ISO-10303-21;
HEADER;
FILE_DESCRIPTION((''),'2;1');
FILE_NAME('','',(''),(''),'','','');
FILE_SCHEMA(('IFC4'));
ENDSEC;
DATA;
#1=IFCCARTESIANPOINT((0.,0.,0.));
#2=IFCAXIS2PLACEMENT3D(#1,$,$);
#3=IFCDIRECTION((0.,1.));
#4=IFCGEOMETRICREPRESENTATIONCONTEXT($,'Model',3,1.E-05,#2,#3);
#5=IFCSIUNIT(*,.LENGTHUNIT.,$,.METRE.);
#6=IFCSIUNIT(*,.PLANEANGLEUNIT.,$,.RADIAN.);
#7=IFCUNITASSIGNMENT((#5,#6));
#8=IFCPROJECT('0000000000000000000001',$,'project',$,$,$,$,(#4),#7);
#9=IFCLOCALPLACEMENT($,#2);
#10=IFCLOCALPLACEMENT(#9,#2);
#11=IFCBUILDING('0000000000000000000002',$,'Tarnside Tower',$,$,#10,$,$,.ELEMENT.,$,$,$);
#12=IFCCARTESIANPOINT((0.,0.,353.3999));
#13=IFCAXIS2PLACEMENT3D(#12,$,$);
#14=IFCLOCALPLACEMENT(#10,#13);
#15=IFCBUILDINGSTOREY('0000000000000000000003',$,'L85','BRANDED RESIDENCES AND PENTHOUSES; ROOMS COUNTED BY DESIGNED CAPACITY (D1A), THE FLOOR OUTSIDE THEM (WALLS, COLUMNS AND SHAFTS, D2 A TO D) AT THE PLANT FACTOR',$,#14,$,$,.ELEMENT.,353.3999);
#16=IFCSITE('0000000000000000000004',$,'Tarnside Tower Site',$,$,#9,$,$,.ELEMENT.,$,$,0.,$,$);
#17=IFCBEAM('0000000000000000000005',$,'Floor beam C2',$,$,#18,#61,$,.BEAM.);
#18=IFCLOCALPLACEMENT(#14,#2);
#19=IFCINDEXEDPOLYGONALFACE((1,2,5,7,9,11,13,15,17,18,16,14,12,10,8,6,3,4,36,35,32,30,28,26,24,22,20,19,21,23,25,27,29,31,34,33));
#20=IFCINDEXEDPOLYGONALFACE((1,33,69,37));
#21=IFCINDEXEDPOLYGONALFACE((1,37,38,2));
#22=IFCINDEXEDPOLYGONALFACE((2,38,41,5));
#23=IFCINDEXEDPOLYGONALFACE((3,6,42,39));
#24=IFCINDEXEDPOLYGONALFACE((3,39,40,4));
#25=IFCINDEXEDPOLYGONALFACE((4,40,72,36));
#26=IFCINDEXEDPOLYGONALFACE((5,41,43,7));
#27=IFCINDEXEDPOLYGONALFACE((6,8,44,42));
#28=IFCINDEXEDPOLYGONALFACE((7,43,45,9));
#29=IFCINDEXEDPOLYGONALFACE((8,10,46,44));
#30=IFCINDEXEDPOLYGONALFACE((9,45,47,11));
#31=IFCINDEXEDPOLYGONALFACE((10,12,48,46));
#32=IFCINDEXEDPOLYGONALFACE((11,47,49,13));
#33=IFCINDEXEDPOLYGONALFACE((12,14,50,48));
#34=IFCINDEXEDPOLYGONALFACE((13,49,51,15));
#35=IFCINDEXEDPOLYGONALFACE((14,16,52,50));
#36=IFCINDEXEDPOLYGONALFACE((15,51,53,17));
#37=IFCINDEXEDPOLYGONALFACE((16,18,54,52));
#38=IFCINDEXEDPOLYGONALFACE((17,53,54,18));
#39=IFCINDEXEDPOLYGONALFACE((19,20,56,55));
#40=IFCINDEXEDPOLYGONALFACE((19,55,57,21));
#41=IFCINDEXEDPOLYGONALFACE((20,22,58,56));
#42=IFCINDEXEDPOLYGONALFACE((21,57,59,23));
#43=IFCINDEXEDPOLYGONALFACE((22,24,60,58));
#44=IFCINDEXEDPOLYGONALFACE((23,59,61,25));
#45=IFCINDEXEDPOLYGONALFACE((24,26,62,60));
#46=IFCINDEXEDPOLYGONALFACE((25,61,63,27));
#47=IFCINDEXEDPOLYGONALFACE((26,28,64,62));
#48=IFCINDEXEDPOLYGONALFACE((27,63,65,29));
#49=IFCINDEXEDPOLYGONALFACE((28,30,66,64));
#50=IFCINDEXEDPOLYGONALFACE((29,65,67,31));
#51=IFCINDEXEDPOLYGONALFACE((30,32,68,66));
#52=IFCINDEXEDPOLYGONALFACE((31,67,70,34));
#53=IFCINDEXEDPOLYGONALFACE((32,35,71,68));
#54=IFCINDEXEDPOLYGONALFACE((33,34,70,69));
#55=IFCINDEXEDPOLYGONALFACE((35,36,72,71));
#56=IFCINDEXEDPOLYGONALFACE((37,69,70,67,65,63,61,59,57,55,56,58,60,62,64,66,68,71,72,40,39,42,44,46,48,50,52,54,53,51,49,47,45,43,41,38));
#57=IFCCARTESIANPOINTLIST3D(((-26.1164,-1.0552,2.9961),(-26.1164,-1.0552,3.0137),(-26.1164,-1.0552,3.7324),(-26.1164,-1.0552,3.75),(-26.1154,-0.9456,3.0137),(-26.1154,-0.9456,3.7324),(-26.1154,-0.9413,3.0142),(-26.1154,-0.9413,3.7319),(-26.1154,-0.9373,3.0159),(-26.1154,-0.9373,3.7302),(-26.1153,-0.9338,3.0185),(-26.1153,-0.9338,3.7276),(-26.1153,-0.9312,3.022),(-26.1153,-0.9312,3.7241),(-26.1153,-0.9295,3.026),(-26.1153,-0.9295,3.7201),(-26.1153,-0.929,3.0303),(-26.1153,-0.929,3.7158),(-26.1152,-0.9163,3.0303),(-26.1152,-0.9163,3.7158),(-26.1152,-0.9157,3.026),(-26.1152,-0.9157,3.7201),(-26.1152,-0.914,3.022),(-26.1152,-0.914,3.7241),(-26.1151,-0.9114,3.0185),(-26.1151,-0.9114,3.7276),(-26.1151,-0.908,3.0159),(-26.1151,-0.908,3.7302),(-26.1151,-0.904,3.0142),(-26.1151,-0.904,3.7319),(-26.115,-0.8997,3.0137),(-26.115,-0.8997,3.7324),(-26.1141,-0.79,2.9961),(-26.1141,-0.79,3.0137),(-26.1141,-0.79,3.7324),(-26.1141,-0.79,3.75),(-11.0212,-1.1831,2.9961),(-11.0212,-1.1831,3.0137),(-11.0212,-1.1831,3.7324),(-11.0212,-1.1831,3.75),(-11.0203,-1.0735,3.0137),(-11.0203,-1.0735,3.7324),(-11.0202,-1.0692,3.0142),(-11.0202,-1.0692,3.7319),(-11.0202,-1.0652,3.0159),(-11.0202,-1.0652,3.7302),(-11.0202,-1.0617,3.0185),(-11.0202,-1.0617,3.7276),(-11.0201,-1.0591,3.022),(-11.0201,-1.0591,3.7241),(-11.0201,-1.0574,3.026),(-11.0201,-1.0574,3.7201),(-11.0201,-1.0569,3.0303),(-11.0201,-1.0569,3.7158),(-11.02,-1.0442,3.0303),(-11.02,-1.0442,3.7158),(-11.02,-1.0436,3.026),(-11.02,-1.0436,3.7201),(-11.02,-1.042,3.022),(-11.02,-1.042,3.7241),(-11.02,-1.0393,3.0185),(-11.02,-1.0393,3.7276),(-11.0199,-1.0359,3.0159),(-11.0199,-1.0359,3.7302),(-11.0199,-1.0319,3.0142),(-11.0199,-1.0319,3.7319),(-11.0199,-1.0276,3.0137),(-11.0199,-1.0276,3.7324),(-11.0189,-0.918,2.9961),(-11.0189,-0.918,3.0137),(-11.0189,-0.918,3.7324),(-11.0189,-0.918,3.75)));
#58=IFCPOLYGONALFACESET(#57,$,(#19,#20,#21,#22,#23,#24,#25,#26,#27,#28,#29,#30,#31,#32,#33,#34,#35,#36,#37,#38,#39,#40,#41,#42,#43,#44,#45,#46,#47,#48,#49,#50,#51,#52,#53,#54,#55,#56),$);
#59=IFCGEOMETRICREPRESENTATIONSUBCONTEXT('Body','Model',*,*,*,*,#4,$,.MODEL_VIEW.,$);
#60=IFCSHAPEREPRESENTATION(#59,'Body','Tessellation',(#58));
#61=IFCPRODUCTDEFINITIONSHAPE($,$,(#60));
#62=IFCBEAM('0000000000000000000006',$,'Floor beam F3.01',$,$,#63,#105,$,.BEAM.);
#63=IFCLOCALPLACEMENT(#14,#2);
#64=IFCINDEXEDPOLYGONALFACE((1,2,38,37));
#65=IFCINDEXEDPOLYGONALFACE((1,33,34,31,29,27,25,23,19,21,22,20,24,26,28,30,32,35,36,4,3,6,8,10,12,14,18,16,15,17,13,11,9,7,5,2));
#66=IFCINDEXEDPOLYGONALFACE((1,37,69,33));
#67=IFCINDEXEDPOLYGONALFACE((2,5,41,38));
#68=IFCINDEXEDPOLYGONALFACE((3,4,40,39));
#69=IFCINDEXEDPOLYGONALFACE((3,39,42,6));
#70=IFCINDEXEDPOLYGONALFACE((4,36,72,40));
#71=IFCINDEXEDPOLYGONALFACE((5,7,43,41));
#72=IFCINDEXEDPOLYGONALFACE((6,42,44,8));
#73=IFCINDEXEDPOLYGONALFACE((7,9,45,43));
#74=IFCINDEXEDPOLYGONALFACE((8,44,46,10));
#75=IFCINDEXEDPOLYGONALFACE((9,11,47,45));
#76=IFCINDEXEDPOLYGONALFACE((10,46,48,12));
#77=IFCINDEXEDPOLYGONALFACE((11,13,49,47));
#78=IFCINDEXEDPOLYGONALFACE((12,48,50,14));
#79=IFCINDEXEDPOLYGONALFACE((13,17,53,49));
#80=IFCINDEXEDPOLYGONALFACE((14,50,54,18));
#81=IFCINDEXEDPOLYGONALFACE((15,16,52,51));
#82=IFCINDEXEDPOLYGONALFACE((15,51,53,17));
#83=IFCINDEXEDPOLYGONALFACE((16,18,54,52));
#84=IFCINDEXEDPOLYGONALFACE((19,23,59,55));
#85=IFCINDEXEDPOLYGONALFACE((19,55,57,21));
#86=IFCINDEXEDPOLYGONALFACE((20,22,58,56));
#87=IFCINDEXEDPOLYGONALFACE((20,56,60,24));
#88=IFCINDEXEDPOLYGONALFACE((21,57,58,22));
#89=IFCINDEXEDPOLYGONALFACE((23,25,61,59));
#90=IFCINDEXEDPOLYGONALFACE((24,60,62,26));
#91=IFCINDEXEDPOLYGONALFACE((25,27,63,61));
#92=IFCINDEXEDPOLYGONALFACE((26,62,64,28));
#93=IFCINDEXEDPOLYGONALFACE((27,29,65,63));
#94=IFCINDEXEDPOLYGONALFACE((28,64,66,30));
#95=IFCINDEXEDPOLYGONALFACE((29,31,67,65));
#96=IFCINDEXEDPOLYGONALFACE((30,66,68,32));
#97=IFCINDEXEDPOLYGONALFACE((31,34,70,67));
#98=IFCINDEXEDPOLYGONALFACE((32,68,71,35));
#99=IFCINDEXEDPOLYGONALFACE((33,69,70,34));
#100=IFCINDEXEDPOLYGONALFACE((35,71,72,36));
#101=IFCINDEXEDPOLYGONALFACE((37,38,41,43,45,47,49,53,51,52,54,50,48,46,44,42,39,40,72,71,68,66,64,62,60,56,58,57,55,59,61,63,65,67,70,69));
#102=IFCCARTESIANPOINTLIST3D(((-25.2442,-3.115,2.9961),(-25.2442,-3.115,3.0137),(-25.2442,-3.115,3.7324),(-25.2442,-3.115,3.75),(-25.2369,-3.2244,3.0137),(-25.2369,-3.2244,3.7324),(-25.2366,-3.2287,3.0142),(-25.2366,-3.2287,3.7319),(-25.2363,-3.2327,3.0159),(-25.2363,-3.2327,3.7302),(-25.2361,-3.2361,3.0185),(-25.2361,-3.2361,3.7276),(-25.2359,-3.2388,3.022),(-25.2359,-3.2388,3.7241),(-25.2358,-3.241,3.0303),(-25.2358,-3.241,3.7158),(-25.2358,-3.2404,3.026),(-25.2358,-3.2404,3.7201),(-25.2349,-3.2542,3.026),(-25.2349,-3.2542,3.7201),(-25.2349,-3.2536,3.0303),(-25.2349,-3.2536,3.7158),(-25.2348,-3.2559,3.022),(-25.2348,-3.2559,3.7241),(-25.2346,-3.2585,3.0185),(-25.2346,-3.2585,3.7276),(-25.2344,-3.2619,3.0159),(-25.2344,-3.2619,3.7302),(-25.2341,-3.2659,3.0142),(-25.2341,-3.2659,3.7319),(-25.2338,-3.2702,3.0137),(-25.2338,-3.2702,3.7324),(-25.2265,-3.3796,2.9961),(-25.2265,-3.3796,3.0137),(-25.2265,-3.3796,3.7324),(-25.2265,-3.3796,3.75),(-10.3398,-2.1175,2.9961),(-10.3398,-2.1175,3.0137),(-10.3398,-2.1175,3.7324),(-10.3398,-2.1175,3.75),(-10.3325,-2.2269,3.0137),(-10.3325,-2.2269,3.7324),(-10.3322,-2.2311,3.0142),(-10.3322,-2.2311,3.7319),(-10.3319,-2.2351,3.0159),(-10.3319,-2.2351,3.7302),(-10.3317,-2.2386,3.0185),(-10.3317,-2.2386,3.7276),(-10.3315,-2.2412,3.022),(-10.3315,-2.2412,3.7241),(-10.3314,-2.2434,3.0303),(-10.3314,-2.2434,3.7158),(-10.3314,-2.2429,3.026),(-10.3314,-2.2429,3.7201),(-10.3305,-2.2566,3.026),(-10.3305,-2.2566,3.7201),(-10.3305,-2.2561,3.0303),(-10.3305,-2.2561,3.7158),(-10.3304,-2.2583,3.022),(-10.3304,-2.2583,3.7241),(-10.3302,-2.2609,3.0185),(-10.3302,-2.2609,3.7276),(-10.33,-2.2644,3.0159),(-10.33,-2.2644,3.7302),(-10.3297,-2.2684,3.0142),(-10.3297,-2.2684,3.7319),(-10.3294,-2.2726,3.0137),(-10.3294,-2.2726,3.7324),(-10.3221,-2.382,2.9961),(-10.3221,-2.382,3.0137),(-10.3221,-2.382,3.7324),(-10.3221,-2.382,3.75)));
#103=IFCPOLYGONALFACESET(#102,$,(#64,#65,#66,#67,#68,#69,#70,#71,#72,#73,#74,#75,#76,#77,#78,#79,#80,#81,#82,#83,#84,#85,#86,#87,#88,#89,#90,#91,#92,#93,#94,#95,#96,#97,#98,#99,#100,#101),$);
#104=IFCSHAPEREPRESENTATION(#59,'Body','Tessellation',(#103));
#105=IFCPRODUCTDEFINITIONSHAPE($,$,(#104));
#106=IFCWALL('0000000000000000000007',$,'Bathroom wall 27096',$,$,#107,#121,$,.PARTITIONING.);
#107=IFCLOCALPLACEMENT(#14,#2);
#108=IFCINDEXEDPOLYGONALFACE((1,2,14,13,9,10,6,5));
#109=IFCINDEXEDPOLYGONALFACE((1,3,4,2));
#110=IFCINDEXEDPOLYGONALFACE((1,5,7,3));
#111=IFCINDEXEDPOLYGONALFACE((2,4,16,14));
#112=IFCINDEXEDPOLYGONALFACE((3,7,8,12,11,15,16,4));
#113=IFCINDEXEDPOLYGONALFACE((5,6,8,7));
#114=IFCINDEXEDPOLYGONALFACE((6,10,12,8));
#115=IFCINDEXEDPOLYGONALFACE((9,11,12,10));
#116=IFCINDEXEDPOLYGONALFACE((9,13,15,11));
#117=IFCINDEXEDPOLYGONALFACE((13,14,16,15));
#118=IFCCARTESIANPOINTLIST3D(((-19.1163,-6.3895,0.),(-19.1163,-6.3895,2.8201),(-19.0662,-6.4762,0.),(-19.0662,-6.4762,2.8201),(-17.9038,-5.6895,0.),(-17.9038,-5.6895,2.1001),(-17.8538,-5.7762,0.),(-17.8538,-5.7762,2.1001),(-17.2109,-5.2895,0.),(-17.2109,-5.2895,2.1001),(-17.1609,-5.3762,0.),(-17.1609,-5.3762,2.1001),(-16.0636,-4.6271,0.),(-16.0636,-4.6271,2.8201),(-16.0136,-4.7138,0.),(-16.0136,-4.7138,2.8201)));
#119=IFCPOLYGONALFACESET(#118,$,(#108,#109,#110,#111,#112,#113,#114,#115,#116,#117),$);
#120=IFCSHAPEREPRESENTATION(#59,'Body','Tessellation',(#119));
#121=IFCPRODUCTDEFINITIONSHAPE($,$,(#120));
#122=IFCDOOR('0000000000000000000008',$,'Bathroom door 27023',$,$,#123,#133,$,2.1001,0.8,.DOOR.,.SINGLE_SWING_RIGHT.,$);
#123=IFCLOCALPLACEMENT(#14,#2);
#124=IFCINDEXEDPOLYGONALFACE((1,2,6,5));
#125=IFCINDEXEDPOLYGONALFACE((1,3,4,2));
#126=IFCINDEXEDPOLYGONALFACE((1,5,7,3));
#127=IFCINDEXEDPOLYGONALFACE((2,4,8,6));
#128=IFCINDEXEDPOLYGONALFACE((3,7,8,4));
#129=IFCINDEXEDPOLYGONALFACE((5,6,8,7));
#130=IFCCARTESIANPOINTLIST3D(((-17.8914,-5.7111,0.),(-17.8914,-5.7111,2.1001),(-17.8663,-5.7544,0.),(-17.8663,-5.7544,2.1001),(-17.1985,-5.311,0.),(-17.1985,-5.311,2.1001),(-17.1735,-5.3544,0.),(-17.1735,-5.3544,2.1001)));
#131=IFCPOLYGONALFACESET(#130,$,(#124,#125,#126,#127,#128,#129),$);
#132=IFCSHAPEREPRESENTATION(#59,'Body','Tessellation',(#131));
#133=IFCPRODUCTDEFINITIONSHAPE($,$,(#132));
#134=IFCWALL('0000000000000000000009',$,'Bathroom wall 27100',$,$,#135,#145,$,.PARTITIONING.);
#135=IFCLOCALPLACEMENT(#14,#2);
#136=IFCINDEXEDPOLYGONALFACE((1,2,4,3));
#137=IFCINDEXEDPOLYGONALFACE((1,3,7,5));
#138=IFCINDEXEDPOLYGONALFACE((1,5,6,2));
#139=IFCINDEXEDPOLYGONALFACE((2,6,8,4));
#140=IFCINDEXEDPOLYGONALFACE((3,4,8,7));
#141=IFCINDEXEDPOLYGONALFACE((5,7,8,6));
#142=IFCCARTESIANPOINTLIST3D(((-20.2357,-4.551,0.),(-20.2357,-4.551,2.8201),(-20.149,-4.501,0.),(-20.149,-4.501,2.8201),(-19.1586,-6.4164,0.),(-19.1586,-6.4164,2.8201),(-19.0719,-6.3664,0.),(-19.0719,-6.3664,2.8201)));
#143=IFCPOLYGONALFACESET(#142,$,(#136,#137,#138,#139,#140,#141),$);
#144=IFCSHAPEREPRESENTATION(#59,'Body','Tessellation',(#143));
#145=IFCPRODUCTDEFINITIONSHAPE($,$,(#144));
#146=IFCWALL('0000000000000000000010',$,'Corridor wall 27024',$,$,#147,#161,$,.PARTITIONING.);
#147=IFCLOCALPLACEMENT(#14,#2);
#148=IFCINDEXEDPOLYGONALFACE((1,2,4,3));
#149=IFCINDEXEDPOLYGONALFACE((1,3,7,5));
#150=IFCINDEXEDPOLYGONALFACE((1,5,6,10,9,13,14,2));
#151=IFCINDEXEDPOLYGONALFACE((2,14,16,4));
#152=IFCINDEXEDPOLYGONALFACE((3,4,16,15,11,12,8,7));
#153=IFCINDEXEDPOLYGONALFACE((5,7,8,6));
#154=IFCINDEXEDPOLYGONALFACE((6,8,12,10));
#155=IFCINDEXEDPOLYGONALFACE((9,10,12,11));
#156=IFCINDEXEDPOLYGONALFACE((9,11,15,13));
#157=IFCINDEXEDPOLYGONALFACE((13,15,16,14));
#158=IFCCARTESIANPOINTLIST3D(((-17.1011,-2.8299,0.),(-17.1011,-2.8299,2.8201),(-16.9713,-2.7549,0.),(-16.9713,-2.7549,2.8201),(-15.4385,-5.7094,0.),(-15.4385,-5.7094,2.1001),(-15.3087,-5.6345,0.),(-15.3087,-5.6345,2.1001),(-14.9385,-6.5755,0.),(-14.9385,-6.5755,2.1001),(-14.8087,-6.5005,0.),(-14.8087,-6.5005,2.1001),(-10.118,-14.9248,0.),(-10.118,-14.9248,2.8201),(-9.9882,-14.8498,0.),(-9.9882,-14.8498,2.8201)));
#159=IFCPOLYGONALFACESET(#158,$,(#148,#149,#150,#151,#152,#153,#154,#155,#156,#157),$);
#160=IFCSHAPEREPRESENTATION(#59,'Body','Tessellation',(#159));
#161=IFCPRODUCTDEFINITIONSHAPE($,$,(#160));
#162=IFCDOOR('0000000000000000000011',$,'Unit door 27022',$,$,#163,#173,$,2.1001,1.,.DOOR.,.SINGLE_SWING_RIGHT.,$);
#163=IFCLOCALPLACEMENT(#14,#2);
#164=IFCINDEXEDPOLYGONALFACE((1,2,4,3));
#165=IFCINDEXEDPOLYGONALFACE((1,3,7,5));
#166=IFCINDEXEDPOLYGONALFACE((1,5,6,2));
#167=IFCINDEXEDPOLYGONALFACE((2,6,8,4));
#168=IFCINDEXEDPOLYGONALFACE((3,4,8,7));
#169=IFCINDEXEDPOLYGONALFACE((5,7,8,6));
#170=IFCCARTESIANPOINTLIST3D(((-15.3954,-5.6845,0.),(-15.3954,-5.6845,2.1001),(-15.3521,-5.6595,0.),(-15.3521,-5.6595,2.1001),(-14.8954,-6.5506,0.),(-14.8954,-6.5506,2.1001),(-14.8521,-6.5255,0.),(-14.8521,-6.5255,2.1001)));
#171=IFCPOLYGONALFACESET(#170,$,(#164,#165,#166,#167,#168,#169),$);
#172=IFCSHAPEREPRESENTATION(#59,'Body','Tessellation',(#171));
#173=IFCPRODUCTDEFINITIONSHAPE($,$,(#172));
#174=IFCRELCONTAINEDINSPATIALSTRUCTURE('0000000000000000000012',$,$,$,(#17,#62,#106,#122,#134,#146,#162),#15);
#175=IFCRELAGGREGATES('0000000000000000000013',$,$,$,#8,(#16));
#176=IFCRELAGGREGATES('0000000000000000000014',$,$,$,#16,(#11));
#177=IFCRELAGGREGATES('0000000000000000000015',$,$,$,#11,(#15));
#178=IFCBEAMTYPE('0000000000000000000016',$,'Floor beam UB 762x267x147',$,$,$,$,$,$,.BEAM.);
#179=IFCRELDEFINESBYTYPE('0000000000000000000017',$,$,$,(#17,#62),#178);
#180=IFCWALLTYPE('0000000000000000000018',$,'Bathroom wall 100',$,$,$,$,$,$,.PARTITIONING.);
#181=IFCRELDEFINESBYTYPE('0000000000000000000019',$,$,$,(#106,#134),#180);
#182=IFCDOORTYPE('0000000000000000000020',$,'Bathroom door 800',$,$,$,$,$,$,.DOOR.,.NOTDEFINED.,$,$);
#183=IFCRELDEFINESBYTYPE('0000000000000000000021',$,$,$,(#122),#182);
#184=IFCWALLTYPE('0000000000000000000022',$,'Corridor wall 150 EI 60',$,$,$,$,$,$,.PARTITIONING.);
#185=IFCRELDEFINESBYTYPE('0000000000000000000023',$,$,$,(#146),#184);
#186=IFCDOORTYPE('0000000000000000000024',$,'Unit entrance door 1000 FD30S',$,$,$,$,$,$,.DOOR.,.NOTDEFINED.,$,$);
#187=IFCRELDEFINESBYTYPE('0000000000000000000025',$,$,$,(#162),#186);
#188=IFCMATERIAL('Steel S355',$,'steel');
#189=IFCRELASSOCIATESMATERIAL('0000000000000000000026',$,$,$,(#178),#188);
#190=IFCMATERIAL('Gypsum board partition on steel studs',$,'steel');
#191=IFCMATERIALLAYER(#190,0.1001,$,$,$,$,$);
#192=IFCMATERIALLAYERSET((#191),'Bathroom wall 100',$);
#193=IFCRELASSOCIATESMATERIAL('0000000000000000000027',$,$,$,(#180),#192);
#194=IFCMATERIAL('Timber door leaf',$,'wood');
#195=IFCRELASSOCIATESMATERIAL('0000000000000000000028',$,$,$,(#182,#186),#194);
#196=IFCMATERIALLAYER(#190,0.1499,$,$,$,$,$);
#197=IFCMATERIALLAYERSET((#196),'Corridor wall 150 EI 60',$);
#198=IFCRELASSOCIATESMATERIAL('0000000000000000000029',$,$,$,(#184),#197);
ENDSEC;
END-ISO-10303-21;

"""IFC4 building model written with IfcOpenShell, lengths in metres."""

from ifc_helpers import new_model, si_unit, direction, frame, frame_2d, origin, origin_2d, place, context, subcontext, project, spatial, rectangle, i_section, extrude, material, layer, layer_set, material_profile, profile_set, type_object, element, fill, save


model = new_model("IFC4")

# Units and contexts
model_context = context("Model", 3, precision=1e-05, world=origin(), true_north=direction((0.0, 1.0)))
body_context = subcontext(model_context, "Body", "Model", "MODEL_VIEW")
ifc_project = project(units=[si_unit("LENGTHUNIT", "METRE"), si_unit("PLANEANGLEUNIT", "RADIAN")], contexts=[model_context])

# Site, building, storey
site_placement = place(None, origin())
site = spatial("IfcSite", under=ifc_project, at=site_placement, Name="Tarnside Tower Site", CompositionType="ELEMENT", RefElevation=0.0)
building_placement = place(site_placement, origin())
building = spatial("IfcBuilding", under=site, at=building_placement, Name="Tarnside Tower", CompositionType="ELEMENT")
storey_placement = place(building_placement, frame((0.0, 0.0, 353.3999)))
storey = spatial("IfcBuildingStorey", under=building, at=storey_placement, Name="L85", Description="BRANDED RESIDENCES AND PENTHOUSES; ROOMS COUNTED BY DESIGNED CAPACITY (D1A), THE FLOOR OUTSIDE THEM (WALLS, COLUMNS AND SHAFTS, D2 A TO D) AT THE PLANT FACTOR", CompositionType="ELEMENT", Elevation=353.3999)

# Beams
ifc_material_1 = material(Name="Steel S355", Category="steel")
ifc_material_profile = material_profile(ifc_material_1, i_section(OverallWidth=0.2651, OverallDepth=0.7539, WebThickness=0.0127, FlangeThickness=0.0176, FilletRadius=0.0166, at=origin_2d()), Name="UB 762x267x147")
ifc_profile_set = profile_set([ifc_material_profile], Name="Steel S355")
beam_type = type_object("IfcBeamType", Name="Floor beam UB 762x267x147", PredefinedType="BEAM", material=ifc_profile_set)
beam_1_placement = place(storey_placement, frame((-26.1152, -0.9226, 3.373), z_axis=(0.999964, -0.008475, 0.0), x_axis=(0.008475, 0.999964, 0.0)))
element("IfcBeam", 1, at=beam_1_placement, inside=storey, type_object=beam_type, Name="Floor beam C2", PredefinedType="BEAM", context=body_context, shape_type="SweptSolid", body=[
    extrude(i_section(OverallWidth=0.2651, OverallDepth=0.7539, WebThickness=0.0127, FlangeThickness=0.0176, FilletRadius=0.0166, at=origin_2d()), origin(), (0.0, 0.0, 1.0), 15.0957),
])
beam_2_placement = place(storey_placement, frame((-25.2354, -3.2473, 3.373), z_axis=(0.997768, 0.066782, 0.0), x_axis=(-0.066782, 0.997768, 0.0)))
element("IfcBeam", 2, at=beam_2_placement, inside=storey, type_object=beam_type, Name="Floor beam F3.01", PredefinedType="BEAM", context=body_context, shape_type="SweptSolid", body=[
    extrude(i_section(OverallWidth=0.2651, OverallDepth=0.7539, WebThickness=0.0127, FlangeThickness=0.0176, FilletRadius=0.0166, at=origin_2d()), origin(), (0.0, 0.0, 1.0), 14.9377),
])

# Wall, opening, door
ifc_material_2 = material(Name="Gypsum board partition on steel studs", Category="steel")
ifc_layer_1 = layer(ifc_material_2, 0.1001)
ifc_layer_set_1 = layer_set([ifc_layer_1], Name="Bathroom wall 100")
wall_type_1 = type_object("IfcWallType", Name="Bathroom wall 100", PredefinedType="PARTITIONING", material=ifc_layer_set_1)
wall_1_placement = place(storey_placement, frame((-16.0386, -4.6704, 0.0), z_axis=(0.0, 0.0, 1.0), x_axis=(-0.866031, -0.49999, 0.0)))
wall_1 = element("IfcWall", 3, at=wall_1_placement, inside=storey, type_object=wall_type_1, Name="Bathroom wall 27096", PredefinedType="PARTITIONING", context=body_context, shape_type="SweptSolid", body=[
    extrude(rectangle(XDim=3.5249, YDim=0.1001, at=frame_2d((1.7625, 0.0))), origin(), (0.0, 0.0, 1.0), 2.8201),
])
opening_1_placement = place(wall_1_placement, frame((1.325, 0.0, 0.0)))
opening_1 = element("IfcOpeningElement", 4, at=opening_1_placement, cuts=wall_1, PredefinedType="OPENING", context=body_context, shape_type="SweptSolid", body=[
    extrude(rectangle(XDim=0.8, YDim=2.1001, at=frame_2d((0.3999, 1.05))), frame((0.0, 0.0601, 0.0), z_axis=(0.0, -1.0, 0.0), x_axis=(1.0, 0.0, 0.0)), (0.0, 0.0, 1.0), 0.1201),
])
ifc_material_3 = material(Name="Timber door leaf", Category="wood")
door_type_1 = type_object("IfcDoorType", Name="Bathroom door 800", OperationType="NOTDEFINED", PredefinedType="DOOR", material=ifc_material_3)
door_1_placement = place(opening_1_placement, origin())
door_1 = element("IfcDoor", 5, at=door_1_placement, inside=storey, type_object=door_type_1, Name="Bathroom door 27023", OperationType="SINGLE_SWING_RIGHT", OverallHeight=2.1001, OverallWidth=0.8, PredefinedType="DOOR", context=body_context, shape_type="SweptSolid", body=[
    extrude(rectangle(XDim=0.8, YDim=2.1001, at=frame_2d((0.3999, 1.05))), frame((0.0, 0.0249, 0.0), z_axis=(0.0, -1.0, 0.0), x_axis=(1.0, 0.0, 0.0)), (0.0, 0.0, 1.0), 0.05),
])
fill(opening_1, door_1)

# Wall
wall_2_placement = place(storey_placement, frame((-20.1924, -4.5259, 0.0), z_axis=(0.0, 0.0, 1.0), x_axis=(0.50004, -0.866003, 0.0)))
element("IfcWall", 6, at=wall_2_placement, inside=storey, type_object=wall_type_1, Name="Bathroom wall 27100", PredefinedType="PARTITIONING", context=body_context, shape_type="SweptSolid", body=[
    extrude(rectangle(XDim=2.1541, YDim=0.1001, at=frame_2d((1.0771, 0.0))), origin(), (0.0, 0.0, 1.0), 2.8201),
])

# Wall, opening, door
ifc_layer_2 = layer(ifc_material_2, 0.1499)
ifc_layer_set_2 = layer_set([ifc_layer_2], Name="Corridor wall 150 EI 60")
wall_type_2 = type_object("IfcWallType", Name="Corridor wall 150 EI 60", PredefinedType="PARTITIONING", material=ifc_layer_set_2)
wall_3_placement = place(storey_placement, frame((-17.0361, -2.7925, 0.0), z_axis=(0.0, 0.0, 1.0), x_axis=(0.500006, -0.866022, 0.0)))
wall_3 = element("IfcWall", 7, at=wall_3_placement, inside=storey, type_object=wall_type_2, Name="Corridor wall 27024", PredefinedType="PARTITIONING", context=body_context, shape_type="SweptSolid", body=[
    extrude(rectangle(XDim=13.9661, YDim=0.1499, at=frame_2d((6.9829, 0.0))), origin(), (0.0, 0.0, 1.0), 2.8201),
])
opening_2_placement = place(wall_3_placement, frame((3.325, 0.0, 0.0)))
opening_2 = element("IfcOpeningElement", 8, at=opening_2_placement, cuts=wall_3, PredefinedType="OPENING", context=body_context, shape_type="SweptSolid", body=[
    extrude(rectangle(XDim=1.0, YDim=2.1001, at=frame_2d((0.5, 1.05))), frame((0.0, 0.085, 0.0), z_axis=(0.0, -1.0, 0.0), x_axis=(1.0, 0.0, 0.0)), (0.0, 0.0, 1.0), 0.1699),
])
door_type_2 = type_object("IfcDoorType", Name="Unit entrance door 1000 FD30S", OperationType="NOTDEFINED", PredefinedType="DOOR", material=ifc_material_3)
door_2_placement = place(opening_2_placement, origin())
door_2 = element("IfcDoor", 9, at=door_2_placement, inside=storey, type_object=door_type_2, Name="Unit door 27022", OperationType="SINGLE_SWING_RIGHT", OverallHeight=2.1001, OverallWidth=1.0, PredefinedType="DOOR", context=body_context, shape_type="SweptSolid", body=[
    extrude(rectangle(XDim=1.0, YDim=2.1001, at=frame_2d((0.5, 1.05))), frame((0.0, 0.0249, 0.0), z_axis=(0.0, -1.0, 0.0), x_axis=(1.0, 0.0, 0.0)), (0.0, 0.0, 1.0), 0.05),
])
fill(opening_2, door_2)

save(model, "model.ifc")
